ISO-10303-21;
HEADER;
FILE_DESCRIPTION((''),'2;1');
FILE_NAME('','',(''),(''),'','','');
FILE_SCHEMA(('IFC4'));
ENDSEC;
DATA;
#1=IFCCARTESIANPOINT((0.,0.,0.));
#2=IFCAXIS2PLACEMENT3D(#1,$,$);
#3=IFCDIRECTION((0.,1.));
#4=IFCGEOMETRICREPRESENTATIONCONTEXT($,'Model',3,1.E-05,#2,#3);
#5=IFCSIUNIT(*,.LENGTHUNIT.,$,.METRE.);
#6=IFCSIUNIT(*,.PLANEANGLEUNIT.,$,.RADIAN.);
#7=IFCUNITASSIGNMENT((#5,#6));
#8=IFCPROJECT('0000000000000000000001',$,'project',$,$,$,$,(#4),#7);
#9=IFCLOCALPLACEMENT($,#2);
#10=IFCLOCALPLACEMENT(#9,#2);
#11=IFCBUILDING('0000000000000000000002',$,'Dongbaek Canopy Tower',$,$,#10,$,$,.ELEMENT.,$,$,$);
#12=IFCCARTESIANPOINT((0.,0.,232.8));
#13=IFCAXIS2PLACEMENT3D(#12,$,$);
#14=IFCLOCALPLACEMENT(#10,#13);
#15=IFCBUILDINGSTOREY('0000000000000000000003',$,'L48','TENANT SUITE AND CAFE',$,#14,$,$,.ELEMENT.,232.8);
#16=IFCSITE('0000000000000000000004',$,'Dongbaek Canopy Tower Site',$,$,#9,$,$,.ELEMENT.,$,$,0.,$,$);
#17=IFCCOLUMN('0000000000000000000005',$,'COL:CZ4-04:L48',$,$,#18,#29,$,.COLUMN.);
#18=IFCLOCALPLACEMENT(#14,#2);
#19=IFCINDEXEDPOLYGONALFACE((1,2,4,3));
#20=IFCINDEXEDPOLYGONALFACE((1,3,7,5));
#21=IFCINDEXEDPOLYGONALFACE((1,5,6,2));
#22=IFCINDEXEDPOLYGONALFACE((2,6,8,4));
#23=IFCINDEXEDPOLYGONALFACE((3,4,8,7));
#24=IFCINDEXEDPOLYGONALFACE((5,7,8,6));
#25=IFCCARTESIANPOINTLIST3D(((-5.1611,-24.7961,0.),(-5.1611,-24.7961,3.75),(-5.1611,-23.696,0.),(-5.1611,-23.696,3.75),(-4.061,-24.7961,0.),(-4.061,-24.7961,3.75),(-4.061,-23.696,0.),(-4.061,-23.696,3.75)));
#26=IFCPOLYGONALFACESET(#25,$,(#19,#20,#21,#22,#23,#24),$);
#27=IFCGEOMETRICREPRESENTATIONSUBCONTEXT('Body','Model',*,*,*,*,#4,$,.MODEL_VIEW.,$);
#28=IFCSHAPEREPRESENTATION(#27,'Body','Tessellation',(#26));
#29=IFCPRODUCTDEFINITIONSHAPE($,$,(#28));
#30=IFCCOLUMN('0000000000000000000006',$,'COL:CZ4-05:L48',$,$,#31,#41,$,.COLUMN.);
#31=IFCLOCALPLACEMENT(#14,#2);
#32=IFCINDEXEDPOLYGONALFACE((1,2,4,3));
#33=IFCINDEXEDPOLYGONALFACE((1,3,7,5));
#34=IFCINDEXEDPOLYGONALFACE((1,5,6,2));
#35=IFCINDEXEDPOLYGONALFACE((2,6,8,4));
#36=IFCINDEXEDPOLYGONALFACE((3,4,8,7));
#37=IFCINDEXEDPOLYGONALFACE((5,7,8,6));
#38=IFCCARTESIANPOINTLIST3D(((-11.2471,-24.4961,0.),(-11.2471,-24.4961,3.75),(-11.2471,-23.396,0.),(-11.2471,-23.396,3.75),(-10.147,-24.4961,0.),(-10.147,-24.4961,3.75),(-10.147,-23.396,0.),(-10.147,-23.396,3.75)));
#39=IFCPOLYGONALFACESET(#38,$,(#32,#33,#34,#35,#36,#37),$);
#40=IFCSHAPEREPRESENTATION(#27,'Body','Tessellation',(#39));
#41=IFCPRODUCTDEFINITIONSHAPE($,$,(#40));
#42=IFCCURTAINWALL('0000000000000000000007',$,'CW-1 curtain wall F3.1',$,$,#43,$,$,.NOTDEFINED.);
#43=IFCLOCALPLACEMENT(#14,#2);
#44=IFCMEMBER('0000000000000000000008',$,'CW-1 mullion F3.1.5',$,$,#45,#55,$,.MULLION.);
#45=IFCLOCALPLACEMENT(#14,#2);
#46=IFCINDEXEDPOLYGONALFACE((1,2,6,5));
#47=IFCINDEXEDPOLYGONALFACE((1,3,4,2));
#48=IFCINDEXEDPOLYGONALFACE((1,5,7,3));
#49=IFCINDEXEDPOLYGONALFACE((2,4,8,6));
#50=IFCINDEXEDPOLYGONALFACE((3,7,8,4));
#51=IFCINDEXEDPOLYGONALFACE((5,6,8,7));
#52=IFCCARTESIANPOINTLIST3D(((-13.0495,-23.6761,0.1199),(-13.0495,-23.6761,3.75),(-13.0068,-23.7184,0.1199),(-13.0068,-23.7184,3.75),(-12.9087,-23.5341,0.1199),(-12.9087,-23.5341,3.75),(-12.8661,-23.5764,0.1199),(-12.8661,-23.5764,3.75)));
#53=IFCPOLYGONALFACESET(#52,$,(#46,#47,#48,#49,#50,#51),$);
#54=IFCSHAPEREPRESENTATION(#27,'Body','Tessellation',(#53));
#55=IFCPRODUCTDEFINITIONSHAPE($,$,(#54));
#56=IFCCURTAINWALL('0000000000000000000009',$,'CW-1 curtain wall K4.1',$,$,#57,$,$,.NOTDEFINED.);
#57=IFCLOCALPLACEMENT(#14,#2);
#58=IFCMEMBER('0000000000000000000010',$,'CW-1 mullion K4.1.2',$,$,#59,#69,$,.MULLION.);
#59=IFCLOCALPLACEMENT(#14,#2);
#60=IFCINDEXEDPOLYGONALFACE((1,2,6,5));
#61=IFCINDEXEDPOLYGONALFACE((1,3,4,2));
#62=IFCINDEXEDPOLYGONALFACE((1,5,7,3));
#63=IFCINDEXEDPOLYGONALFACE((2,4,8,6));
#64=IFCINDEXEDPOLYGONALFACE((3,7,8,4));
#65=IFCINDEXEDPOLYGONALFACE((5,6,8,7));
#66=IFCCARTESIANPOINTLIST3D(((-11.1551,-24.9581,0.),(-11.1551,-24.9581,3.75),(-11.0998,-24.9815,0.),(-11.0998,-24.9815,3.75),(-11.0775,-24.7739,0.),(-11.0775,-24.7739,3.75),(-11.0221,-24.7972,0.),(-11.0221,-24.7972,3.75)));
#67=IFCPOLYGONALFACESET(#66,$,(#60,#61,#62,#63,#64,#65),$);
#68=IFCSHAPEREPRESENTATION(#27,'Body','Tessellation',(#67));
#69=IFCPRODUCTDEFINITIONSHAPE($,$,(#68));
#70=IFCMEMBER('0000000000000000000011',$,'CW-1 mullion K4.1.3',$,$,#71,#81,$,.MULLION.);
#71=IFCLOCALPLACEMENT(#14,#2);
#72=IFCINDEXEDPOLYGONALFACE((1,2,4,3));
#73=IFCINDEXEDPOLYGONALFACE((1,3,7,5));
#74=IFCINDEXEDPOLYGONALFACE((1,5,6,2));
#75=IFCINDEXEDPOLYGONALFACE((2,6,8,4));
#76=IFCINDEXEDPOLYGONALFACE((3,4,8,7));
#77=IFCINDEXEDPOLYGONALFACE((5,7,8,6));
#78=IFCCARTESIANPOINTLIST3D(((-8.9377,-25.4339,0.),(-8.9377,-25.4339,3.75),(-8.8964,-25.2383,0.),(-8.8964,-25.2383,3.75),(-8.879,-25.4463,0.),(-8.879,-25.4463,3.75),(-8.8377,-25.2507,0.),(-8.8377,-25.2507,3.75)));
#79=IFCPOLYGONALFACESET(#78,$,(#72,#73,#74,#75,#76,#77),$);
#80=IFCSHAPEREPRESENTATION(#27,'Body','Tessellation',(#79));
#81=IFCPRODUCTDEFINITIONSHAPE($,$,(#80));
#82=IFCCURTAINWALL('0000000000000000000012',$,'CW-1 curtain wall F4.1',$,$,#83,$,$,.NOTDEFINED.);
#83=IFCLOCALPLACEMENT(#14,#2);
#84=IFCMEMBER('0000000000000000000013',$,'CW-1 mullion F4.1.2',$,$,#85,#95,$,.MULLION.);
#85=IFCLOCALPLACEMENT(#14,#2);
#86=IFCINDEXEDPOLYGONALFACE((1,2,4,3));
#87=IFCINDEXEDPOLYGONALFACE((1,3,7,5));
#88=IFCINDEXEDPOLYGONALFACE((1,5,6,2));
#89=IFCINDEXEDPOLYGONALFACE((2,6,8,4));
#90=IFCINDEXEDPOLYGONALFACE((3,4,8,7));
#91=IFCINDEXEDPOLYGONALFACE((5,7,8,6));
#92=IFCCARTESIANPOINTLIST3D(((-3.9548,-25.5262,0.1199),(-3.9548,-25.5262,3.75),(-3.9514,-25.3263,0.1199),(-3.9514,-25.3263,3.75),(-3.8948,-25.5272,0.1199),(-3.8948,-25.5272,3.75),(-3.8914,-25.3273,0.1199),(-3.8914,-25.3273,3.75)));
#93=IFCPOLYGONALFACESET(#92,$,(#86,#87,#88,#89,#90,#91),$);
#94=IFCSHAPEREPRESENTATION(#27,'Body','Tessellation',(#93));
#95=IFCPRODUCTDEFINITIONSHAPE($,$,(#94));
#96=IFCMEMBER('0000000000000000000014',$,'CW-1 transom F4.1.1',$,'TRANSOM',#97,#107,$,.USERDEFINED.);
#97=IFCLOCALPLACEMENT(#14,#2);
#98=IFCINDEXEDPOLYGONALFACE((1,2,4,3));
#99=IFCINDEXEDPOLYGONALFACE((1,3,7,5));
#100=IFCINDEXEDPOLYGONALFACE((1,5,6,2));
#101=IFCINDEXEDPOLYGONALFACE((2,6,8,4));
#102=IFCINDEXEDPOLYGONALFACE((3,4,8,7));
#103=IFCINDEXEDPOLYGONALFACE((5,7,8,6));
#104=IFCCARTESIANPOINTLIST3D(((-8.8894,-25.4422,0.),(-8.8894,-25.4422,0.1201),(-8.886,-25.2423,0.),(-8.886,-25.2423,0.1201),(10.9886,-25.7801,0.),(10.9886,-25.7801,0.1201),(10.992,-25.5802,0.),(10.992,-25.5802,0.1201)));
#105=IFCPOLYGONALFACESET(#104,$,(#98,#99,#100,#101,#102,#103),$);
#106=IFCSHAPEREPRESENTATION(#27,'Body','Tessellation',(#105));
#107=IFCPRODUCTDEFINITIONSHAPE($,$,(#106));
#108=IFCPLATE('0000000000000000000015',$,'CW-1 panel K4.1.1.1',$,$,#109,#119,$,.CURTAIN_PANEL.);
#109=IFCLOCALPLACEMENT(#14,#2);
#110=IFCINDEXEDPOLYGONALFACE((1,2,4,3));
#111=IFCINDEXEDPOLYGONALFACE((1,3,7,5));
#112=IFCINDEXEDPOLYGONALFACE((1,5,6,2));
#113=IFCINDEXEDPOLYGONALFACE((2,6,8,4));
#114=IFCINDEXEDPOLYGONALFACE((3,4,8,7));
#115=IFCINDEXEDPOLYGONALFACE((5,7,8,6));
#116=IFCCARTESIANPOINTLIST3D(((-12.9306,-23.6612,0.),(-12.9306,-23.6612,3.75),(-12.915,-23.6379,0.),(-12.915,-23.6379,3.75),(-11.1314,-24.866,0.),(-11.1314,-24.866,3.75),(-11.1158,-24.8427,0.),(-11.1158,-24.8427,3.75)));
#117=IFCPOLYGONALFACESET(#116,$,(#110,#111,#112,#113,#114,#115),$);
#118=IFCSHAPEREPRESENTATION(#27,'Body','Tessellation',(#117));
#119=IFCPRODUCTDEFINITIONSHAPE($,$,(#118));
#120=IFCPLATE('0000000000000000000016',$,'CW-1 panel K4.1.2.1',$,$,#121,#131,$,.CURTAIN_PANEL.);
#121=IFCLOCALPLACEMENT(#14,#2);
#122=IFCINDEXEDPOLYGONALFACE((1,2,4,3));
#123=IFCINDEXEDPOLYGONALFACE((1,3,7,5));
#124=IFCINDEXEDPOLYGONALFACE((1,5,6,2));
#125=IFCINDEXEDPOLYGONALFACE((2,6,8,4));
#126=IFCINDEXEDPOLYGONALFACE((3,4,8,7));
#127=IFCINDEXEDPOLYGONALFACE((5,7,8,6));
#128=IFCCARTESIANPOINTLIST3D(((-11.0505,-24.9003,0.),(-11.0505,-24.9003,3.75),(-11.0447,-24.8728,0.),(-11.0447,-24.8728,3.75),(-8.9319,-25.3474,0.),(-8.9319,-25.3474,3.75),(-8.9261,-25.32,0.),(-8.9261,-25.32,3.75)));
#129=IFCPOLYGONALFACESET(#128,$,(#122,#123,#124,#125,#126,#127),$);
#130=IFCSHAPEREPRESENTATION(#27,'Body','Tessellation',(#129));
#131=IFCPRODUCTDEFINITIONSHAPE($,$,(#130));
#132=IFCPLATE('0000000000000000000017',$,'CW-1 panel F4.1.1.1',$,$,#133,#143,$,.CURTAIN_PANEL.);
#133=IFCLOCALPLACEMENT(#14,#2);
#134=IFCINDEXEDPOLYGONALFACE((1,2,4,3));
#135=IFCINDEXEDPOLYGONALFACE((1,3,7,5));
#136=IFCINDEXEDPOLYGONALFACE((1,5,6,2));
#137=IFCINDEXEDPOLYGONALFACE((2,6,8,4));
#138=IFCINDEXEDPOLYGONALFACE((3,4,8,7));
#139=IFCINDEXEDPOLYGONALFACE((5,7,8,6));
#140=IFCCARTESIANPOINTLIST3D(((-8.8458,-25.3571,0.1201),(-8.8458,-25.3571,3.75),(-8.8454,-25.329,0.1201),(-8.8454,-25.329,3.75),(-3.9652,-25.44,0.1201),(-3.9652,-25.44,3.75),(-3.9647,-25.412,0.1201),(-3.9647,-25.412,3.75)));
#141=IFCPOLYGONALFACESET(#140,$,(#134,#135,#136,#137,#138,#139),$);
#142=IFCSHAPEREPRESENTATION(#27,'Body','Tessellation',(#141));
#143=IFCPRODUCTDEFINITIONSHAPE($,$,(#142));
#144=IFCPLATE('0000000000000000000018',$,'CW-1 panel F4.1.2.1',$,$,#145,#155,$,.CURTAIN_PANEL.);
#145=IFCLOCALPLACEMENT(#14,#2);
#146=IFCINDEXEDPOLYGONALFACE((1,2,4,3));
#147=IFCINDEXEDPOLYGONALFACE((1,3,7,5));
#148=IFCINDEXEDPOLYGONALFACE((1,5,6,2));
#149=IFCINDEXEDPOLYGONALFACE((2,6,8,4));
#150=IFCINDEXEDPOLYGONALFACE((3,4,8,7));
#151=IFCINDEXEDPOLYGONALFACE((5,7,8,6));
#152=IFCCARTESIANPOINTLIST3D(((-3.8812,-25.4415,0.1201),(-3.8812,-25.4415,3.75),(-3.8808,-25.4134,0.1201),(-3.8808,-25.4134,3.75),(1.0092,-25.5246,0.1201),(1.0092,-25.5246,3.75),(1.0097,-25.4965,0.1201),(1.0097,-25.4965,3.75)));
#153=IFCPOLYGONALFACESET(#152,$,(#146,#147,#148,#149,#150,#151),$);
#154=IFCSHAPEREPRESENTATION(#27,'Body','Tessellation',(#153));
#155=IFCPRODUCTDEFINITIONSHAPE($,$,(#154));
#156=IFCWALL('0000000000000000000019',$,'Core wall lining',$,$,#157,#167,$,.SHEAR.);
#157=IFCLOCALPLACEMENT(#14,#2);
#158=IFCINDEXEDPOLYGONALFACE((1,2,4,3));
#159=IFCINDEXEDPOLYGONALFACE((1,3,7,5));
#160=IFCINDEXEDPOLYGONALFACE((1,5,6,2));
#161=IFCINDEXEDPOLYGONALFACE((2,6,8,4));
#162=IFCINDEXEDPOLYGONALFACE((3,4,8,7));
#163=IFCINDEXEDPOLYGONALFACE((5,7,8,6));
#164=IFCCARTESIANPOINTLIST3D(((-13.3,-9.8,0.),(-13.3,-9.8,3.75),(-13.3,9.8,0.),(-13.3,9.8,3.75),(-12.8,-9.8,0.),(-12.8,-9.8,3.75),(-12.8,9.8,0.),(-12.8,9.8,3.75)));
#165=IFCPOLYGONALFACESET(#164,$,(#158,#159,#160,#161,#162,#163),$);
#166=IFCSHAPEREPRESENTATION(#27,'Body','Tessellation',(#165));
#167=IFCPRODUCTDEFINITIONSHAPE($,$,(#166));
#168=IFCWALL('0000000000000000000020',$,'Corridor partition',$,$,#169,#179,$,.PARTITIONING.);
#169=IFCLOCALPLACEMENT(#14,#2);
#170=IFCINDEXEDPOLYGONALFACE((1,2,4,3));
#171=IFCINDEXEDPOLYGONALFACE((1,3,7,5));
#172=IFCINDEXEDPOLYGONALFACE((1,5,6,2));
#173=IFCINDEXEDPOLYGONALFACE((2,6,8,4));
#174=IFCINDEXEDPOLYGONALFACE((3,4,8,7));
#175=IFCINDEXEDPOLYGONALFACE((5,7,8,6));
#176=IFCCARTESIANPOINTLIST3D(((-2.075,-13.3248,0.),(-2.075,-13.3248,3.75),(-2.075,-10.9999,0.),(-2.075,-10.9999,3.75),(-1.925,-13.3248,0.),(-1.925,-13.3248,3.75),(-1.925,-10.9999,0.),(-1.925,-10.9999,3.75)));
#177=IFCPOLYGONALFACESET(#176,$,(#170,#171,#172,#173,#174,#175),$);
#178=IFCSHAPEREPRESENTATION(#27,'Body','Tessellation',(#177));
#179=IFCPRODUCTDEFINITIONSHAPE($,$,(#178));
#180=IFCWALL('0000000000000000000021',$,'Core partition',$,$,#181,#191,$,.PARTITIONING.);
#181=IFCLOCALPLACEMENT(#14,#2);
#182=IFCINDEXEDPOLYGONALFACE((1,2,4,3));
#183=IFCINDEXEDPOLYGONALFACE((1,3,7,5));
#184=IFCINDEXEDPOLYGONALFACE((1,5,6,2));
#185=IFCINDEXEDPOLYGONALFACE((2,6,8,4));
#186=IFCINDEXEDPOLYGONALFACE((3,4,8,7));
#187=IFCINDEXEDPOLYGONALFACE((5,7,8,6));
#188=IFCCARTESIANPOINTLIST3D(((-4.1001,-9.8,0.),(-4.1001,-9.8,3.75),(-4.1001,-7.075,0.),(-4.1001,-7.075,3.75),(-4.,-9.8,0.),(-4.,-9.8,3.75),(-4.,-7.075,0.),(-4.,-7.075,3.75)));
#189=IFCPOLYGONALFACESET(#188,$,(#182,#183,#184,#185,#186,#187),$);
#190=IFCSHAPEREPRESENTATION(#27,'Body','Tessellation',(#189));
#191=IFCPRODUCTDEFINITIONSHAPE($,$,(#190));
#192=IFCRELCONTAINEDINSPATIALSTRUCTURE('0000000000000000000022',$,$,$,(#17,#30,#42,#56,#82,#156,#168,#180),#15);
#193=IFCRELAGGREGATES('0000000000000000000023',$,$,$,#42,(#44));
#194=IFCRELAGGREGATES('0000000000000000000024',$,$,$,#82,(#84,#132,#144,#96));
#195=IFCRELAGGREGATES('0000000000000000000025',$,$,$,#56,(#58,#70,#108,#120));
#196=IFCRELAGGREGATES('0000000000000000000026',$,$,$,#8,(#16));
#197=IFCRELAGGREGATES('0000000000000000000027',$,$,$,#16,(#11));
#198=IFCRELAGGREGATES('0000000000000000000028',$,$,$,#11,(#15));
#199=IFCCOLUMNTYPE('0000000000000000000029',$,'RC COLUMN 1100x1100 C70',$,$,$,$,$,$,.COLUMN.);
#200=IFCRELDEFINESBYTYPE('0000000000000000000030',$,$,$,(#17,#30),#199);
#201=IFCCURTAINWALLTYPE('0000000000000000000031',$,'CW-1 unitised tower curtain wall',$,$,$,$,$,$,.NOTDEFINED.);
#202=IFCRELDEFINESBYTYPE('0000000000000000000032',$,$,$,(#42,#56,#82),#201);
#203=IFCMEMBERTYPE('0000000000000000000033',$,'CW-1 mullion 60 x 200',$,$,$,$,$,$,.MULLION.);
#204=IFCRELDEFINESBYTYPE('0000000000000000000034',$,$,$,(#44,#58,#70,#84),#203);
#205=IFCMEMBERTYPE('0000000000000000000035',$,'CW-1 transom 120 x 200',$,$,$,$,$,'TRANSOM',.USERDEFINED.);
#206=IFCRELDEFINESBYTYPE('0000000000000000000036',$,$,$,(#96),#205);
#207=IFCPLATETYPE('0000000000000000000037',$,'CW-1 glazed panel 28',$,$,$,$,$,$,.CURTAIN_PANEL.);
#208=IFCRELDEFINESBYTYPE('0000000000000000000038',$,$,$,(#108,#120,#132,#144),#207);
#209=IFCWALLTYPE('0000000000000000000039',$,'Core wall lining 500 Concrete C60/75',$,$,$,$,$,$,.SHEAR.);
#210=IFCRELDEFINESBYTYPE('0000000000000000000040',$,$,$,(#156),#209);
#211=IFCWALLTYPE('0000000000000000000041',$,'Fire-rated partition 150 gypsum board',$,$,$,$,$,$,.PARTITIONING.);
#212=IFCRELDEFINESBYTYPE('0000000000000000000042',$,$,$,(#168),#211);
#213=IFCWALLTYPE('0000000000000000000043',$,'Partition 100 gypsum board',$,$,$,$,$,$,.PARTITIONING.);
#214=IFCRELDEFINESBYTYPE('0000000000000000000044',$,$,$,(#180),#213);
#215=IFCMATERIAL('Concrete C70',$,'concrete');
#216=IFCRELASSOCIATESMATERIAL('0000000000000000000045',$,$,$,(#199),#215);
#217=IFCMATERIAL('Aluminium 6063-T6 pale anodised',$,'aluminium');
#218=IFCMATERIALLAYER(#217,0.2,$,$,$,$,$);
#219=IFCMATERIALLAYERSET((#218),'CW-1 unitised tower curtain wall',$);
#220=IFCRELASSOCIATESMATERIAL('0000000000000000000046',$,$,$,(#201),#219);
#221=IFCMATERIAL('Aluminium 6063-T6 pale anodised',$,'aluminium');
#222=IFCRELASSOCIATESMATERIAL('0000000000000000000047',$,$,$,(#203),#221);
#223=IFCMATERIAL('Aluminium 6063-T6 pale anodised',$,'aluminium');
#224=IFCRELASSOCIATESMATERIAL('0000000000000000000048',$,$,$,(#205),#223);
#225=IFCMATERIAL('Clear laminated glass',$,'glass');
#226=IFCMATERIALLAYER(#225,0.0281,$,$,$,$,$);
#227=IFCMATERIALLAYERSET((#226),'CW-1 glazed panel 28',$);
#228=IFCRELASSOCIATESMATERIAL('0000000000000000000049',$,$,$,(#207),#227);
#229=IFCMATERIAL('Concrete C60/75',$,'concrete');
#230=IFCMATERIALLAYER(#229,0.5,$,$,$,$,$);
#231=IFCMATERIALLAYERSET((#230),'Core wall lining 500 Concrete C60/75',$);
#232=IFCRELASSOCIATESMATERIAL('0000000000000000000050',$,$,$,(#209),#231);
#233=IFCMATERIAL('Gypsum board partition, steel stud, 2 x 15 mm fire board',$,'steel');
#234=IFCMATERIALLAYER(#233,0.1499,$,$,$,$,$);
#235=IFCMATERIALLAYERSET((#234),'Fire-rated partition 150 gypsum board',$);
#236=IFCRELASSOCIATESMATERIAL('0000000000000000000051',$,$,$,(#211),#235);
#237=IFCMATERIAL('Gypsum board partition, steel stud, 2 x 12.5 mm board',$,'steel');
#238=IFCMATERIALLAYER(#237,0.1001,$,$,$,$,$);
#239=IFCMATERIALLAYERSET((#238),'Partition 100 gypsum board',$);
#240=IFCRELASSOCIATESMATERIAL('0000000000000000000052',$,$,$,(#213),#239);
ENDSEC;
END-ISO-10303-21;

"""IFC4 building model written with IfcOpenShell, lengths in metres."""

from ifc_helpers import new_model, si_unit, direction, frame, frame_2d, origin, origin_2d, place, context, subcontext, project, spatial, rectangle, extrude, material, layer, layer_set, material_profile, profile_set, type_object, element, aggregate, save


model = new_model("IFC4")

# Units and contexts
model_context = context("Model", 3, precision=1e-05, world=origin(), true_north=direction((0.0, 1.0)))
body_context = subcontext(model_context, "Body", "Model", "MODEL_VIEW")
ifc_project = project(units=[si_unit("LENGTHUNIT", "METRE"), si_unit("PLANEANGLEUNIT", "RADIAN")], contexts=[model_context])

# Site, building, storey
site_placement = place(None, origin())
site = spatial("IfcSite", under=ifc_project, at=site_placement, Name="Dongbaek Canopy Tower Site", CompositionType="ELEMENT", RefElevation=0.0)
building_placement = place(site_placement, origin())
building = spatial("IfcBuilding", under=site, at=building_placement, Name="Dongbaek Canopy Tower", CompositionType="ELEMENT")
storey_placement = place(building_placement, frame((0.0, 0.0, 232.8)))
storey = spatial("IfcBuildingStorey", under=building, at=storey_placement, Name="L48", Description="TENANT SUITE AND CAFE", CompositionType="ELEMENT", Elevation=232.8)

# Columns
ifc_material_1 = material(Name="Concrete C70", Category="concrete")
ifc_material_profile_1 = material_profile(ifc_material_1, rectangle(XDim=1.1001, YDim=1.1001, at=origin_2d()), Name="RC COLUMN 1100x1100 C70")
ifc_profile_set_1 = profile_set([ifc_material_profile_1], Name="Concrete C70")
column_type = type_object("IfcColumnType", Name="RC COLUMN 1100x1100 C70", PredefinedType="COLUMN", material=ifc_profile_set_1)
for number, where, z_axis, x_axis, name in (
    (1, (-4.6111, -24.2461, 0.0), (0.0, 0.0, 1.0), (1.0, 0.0, 0.0), "COL:CZ4-04:L48"),
    (2, (-10.697, -23.946, 0.0), (0.0, 0.0, 1.0), (1.0, 0.0, 0.0), "COL:CZ4-05:L48"),
):
    element("IfcColumn", number, at=place(storey_placement, frame(where, z_axis=z_axis, x_axis=x_axis)), inside=storey, type_object=column_type, Name=name, PredefinedType="COLUMN", context=body_context, shape_type="SweptSolid", body=[
        extrude(rectangle(XDim=1.1001, YDim=1.1001, at=origin_2d()), origin(), (0.0, 0.0, 1.0), 3.75),
    ])

# Curtain wall, member
ifc_material_2 = material(Name="Aluminium 6063-T6 pale anodised", Category="aluminium")
ifc_layer_1 = layer(ifc_material_2, 0.2)
ifc_layer_set_1 = layer_set([ifc_layer_1], Name="CW-1 unitised tower curtain wall")
curtain_wall_type = type_object("IfcCurtainWallType", Name="CW-1 unitised tower curtain wall", PredefinedType="NOTDEFINED", material=ifc_layer_set_1)
curtain_wall_1_placement = place(storey_placement, origin())
curtain_wall_1 = element("IfcCurtainWall", 3, at=curtain_wall_1_placement, inside=storey, type_object=curtain_wall_type, Name="CW-1 curtain wall F3.1", PredefinedType="NOTDEFINED")
ifc_material_3 = material(Name="Aluminium 6063-T6 pale anodised", Category="aluminium")
ifc_material_profile_2 = material_profile(ifc_material_3, rectangle(XDim=0.2, YDim=0.0601, at=origin_2d()), Name="CW-1 mullion 60 x 200")
ifc_profile_set_2 = profile_set([ifc_material_profile_2], Name="Aluminium 6063-T6 pale anodised")
member_type_1 = type_object("IfcMemberType", Name="CW-1 mullion 60 x 200", PredefinedType="MULLION", material=ifc_profile_set_2)
member_1_placement = place(storey_placement, frame((-12.9578, -23.6262, 0.1199), z_axis=(0.0, 0.0, 1.0), x_axis=(-0.704038, -0.710162, 0.0)))
member_1 = element("IfcMember", 4, at=member_1_placement, type_object=member_type_1, Name="CW-1 mullion F3.1.5", PredefinedType="MULLION", context=body_context, shape_type="SweptSolid", body=[
    extrude(rectangle(XDim=0.2, YDim=0.0601, at=origin_2d()), origin(), (0.0, 0.0, 1.0), 3.6301),
])
aggregate(curtain_wall_1, [member_1])

# Curtain walls, members
curtain_wall_2_placement = place(storey_placement, origin())
curtain_wall_2 = element("IfcCurtainWall", 5, at=curtain_wall_2_placement, inside=storey, type_object=curtain_wall_type, Name="CW-1 curtain wall K4.1", PredefinedType="NOTDEFINED")
member_2_placement = place(storey_placement, frame((-11.0886, -24.8777, 0.0), z_axis=(0.0, 0.0, 1.0), x_axis=(-0.388525, -0.921438, 0.0)))
member_2 = element("IfcMember", 6, at=member_2_placement, type_object=member_type_1, Name="CW-1 mullion K4.1.2", PredefinedType="MULLION", context=body_context, shape_type="SweptSolid", body=[
    extrude(rectangle(XDim=0.2, YDim=0.0601, at=origin_2d()), origin(), (0.0, 0.0, 1.0), 3.75),
])
member_3_placement = place(storey_placement, frame((-8.8877, -25.3423, 0.0), z_axis=(0.0, 0.0, 1.0), x_axis=(-0.206516, -0.978443, 0.0)))
member_3 = element("IfcMember", 7, at=member_3_placement, type_object=member_type_1, Name="CW-1 mullion K4.1.3", PredefinedType="MULLION", context=body_context, shape_type="SweptSolid", body=[
    extrude(rectangle(XDim=0.2, YDim=0.0601, at=origin_2d()), origin(), (0.0, 0.0, 1.0), 3.75),
])
curtain_wall_3_placement = place(storey_placement, origin())
curtain_wall_3 = element("IfcCurtainWall", 8, at=curtain_wall_3_placement, inside=storey, type_object=curtain_wall_type, Name="CW-1 curtain wall F4.1", PredefinedType="NOTDEFINED")
member_4_placement = place(storey_placement, frame((-3.9231, -25.4268, 0.1199), z_axis=(0.0, 0.0, 1.0), x_axis=(-0.016993, -0.999856, 0.0)))
member_4 = element("IfcMember", 9, at=member_4_placement, type_object=member_type_1, Name="CW-1 mullion F4.1.2", PredefinedType="MULLION", context=body_context, shape_type="SweptSolid", body=[
    extrude(rectangle(XDim=0.2, YDim=0.0601, at=origin_2d()), origin(), (0.0, 0.0, 1.0), 3.6301),
])
ifc_material_4 = material(Name="Aluminium 6063-T6 pale anodised", Category="aluminium")
ifc_material_profile_3 = material_profile(ifc_material_4, rectangle(XDim=0.2, YDim=0.1201, at=origin_2d()), Name="CW-1 transom 120 x 200")
ifc_profile_set_3 = profile_set([ifc_material_profile_3], Name="Aluminium 6063-T6 pale anodised")
member_type_2 = type_object("IfcMemberType", Name="CW-1 transom 120 x 200", ElementType="TRANSOM", PredefinedType="USERDEFINED", material=ifc_profile_set_3)
member_5_placement = place(storey_placement, frame((-8.8877, -25.3423, 0.0601), z_axis=(0.999856, -0.016996, 0.0), x_axis=(0.016996, 0.999856, 0.0)))
member_5 = element("IfcMember", 10, at=member_5_placement, type_object=member_type_2, Name="CW-1 transom F4.1.1", ObjectType="TRANSOM", PredefinedType="USERDEFINED", context=body_context, shape_type="SweptSolid", body=[
    extrude(rectangle(XDim=0.2, YDim=0.1201, at=origin_2d()), origin(), (0.0, 0.0, 1.0), 19.8809),
])

# Plates
ifc_material_5 = material(Name="Clear laminated glass", Category="glass")
ifc_layer_2 = layer(ifc_material_5, 0.0281)
ifc_layer_set_2 = layer_set([ifc_layer_2], Name="CW-1 glazed panel 28")
plate_type = type_object("IfcPlateType", Name="CW-1 glazed panel 28", PredefinedType="CURTAIN_PANEL", material=ifc_layer_set_2)
plate_1_placement = place(storey_placement, frame((-12.0232, -24.252, 0.0), z_axis=(0.0, 0.0, 1.0), x_axis=(0.830913, -0.556402, 0.0)))
plate_1 = element("IfcPlate", 11, at=plate_1_placement, type_object=plate_type, Name="CW-1 panel K4.1.1.1", PredefinedType="CURTAIN_PANEL", context=body_context, shape_type="SweptSolid", body=[
    extrude(rectangle(XDim=2.1653, YDim=0.0281, at=origin_2d()), origin(), (0.0, 0.0, 1.0), 3.75),
])
plate_2_placement = place(storey_placement, frame((-9.9883, -25.1101, 0.0), z_axis=(0.0, 0.0, 1.0), x_axis=(0.978443, -0.206516, 0.0)))
plate_2 = element("IfcPlate", 12, at=plate_2_placement, type_object=plate_type, Name="CW-1 panel K4.1.2.1", PredefinedType="CURTAIN_PANEL", context=body_context, shape_type="SweptSolid", body=[
    extrude(rectangle(XDim=2.1653, YDim=0.0281, at=origin_2d()), origin(), (0.0, 0.0, 1.0), 3.75),
])
plate_3_placement = place(storey_placement, frame((-6.4053, -25.3845, 0.1201), z_axis=(0.0, 0.0, 1.0), x_axis=(0.999856, -0.016993, 0.0)))
plate_3 = element("IfcPlate", 13, at=plate_3_placement, type_object=plate_type, Name="CW-1 panel F4.1.1.1", PredefinedType="CURTAIN_PANEL", context=body_context, shape_type="SweptSolid", body=[
    extrude(rectangle(XDim=4.8813, YDim=0.0281, at=origin_2d()), origin(), (0.0, 0.0, 1.0), 3.6299),
])
plate_4_placement = place(storey_placement, frame((-1.4358, -25.469, 0.1201), z_axis=(0.0, 0.0, 1.0), x_axis=(0.999856, -0.016993, 0.0)))
plate_4 = element("IfcPlate", 14, at=plate_4_placement, type_object=plate_type, Name="CW-1 panel F4.1.2.1", PredefinedType="CURTAIN_PANEL", context=body_context, shape_type="SweptSolid", body=[
    extrude(rectangle(XDim=4.8911, YDim=0.0281, at=origin_2d()), origin(), (0.0, 0.0, 1.0), 3.6299),
])
aggregate(curtain_wall_3, [member_4, plate_3, plate_4, member_5])

# Walls
ifc_material_6 = material(Name="Concrete C60/75", Category="concrete")
ifc_layer_3 = layer(ifc_material_6, 0.5)
ifc_layer_set_3 = layer_set([ifc_layer_3], Name="Core wall lining 500 Concrete C60/75")
wall_type_1 = type_object("IfcWallType", Name="Core wall lining 500 Concrete C60/75", PredefinedType="SHEAR", material=ifc_layer_set_3)
wall_1_placement = place(storey_placement, frame((-13.05, -9.8, 0.0), z_axis=(0.0, 0.0, 1.0), x_axis=(0.0, 1.0, 0.0)))
element("IfcWall", 15, at=wall_1_placement, inside=storey, type_object=wall_type_1, Name="Core wall lining", PredefinedType="SHEAR", context=body_context, shape_type="SweptSolid", body=[
    extrude(rectangle(XDim=19.6001, YDim=0.5, at=frame_2d((9.8, 0.0))), origin(), (0.0, 0.0, 1.0), 3.75),
])
ifc_material_7 = material(Name="Gypsum board partition, steel stud, 2 x 15 mm fire board", Category="steel")
ifc_layer_4 = layer(ifc_material_7, 0.1499)
ifc_layer_set_4 = layer_set([ifc_layer_4], Name="Fire-rated partition 150 gypsum board")
wall_type_2 = type_object("IfcWallType", Name="Fire-rated partition 150 gypsum board", PredefinedType="PARTITIONING", material=ifc_layer_set_4)
wall_2_placement = place(storey_placement, frame((-2.0, -13.325, 0.0), z_axis=(0.0, 0.0, 1.0), x_axis=(0.0, 1.0, 0.0)))
element("IfcWall", 16, at=wall_2_placement, inside=storey, type_object=wall_type_2, Name="Corridor partition", PredefinedType="PARTITIONING", context=body_context, shape_type="SweptSolid", body=[
    extrude(rectangle(XDim=2.325, YDim=0.1499, at=frame_2d((1.1626, 0.0))), origin(), (0.0, 0.0, 1.0), 3.75),
])
ifc_material_8 = material(Name="Gypsum board partition, steel stud, 2 x 12.5 mm board", Category="steel")
ifc_layer_5 = layer(ifc_material_8, 0.1001)
ifc_layer_set_5 = layer_set([ifc_layer_5], Name="Partition 100 gypsum board")
wall_type_3 = type_object("IfcWallType", Name="Partition 100 gypsum board", PredefinedType="PARTITIONING", material=ifc_layer_set_5)
wall_3_placement = place(storey_placement, frame((-4.05, -9.8, 0.0), z_axis=(0.0, 0.0, 1.0), x_axis=(0.0, 1.0, 0.0)))
element("IfcWall", 17, at=wall_3_placement, inside=storey, type_object=wall_type_3, Name="Core partition", PredefinedType="PARTITIONING", context=body_context, shape_type="SweptSolid", body=[
    extrude(rectangle(XDim=2.7251, YDim=0.1001, at=frame_2d((1.3625, 0.0))), origin(), (0.0, 0.0, 1.0), 3.75),
])

aggregate(curtain_wall_2, [member_2, member_3, plate_1, plate_2])

save(model, "model.ifc")
